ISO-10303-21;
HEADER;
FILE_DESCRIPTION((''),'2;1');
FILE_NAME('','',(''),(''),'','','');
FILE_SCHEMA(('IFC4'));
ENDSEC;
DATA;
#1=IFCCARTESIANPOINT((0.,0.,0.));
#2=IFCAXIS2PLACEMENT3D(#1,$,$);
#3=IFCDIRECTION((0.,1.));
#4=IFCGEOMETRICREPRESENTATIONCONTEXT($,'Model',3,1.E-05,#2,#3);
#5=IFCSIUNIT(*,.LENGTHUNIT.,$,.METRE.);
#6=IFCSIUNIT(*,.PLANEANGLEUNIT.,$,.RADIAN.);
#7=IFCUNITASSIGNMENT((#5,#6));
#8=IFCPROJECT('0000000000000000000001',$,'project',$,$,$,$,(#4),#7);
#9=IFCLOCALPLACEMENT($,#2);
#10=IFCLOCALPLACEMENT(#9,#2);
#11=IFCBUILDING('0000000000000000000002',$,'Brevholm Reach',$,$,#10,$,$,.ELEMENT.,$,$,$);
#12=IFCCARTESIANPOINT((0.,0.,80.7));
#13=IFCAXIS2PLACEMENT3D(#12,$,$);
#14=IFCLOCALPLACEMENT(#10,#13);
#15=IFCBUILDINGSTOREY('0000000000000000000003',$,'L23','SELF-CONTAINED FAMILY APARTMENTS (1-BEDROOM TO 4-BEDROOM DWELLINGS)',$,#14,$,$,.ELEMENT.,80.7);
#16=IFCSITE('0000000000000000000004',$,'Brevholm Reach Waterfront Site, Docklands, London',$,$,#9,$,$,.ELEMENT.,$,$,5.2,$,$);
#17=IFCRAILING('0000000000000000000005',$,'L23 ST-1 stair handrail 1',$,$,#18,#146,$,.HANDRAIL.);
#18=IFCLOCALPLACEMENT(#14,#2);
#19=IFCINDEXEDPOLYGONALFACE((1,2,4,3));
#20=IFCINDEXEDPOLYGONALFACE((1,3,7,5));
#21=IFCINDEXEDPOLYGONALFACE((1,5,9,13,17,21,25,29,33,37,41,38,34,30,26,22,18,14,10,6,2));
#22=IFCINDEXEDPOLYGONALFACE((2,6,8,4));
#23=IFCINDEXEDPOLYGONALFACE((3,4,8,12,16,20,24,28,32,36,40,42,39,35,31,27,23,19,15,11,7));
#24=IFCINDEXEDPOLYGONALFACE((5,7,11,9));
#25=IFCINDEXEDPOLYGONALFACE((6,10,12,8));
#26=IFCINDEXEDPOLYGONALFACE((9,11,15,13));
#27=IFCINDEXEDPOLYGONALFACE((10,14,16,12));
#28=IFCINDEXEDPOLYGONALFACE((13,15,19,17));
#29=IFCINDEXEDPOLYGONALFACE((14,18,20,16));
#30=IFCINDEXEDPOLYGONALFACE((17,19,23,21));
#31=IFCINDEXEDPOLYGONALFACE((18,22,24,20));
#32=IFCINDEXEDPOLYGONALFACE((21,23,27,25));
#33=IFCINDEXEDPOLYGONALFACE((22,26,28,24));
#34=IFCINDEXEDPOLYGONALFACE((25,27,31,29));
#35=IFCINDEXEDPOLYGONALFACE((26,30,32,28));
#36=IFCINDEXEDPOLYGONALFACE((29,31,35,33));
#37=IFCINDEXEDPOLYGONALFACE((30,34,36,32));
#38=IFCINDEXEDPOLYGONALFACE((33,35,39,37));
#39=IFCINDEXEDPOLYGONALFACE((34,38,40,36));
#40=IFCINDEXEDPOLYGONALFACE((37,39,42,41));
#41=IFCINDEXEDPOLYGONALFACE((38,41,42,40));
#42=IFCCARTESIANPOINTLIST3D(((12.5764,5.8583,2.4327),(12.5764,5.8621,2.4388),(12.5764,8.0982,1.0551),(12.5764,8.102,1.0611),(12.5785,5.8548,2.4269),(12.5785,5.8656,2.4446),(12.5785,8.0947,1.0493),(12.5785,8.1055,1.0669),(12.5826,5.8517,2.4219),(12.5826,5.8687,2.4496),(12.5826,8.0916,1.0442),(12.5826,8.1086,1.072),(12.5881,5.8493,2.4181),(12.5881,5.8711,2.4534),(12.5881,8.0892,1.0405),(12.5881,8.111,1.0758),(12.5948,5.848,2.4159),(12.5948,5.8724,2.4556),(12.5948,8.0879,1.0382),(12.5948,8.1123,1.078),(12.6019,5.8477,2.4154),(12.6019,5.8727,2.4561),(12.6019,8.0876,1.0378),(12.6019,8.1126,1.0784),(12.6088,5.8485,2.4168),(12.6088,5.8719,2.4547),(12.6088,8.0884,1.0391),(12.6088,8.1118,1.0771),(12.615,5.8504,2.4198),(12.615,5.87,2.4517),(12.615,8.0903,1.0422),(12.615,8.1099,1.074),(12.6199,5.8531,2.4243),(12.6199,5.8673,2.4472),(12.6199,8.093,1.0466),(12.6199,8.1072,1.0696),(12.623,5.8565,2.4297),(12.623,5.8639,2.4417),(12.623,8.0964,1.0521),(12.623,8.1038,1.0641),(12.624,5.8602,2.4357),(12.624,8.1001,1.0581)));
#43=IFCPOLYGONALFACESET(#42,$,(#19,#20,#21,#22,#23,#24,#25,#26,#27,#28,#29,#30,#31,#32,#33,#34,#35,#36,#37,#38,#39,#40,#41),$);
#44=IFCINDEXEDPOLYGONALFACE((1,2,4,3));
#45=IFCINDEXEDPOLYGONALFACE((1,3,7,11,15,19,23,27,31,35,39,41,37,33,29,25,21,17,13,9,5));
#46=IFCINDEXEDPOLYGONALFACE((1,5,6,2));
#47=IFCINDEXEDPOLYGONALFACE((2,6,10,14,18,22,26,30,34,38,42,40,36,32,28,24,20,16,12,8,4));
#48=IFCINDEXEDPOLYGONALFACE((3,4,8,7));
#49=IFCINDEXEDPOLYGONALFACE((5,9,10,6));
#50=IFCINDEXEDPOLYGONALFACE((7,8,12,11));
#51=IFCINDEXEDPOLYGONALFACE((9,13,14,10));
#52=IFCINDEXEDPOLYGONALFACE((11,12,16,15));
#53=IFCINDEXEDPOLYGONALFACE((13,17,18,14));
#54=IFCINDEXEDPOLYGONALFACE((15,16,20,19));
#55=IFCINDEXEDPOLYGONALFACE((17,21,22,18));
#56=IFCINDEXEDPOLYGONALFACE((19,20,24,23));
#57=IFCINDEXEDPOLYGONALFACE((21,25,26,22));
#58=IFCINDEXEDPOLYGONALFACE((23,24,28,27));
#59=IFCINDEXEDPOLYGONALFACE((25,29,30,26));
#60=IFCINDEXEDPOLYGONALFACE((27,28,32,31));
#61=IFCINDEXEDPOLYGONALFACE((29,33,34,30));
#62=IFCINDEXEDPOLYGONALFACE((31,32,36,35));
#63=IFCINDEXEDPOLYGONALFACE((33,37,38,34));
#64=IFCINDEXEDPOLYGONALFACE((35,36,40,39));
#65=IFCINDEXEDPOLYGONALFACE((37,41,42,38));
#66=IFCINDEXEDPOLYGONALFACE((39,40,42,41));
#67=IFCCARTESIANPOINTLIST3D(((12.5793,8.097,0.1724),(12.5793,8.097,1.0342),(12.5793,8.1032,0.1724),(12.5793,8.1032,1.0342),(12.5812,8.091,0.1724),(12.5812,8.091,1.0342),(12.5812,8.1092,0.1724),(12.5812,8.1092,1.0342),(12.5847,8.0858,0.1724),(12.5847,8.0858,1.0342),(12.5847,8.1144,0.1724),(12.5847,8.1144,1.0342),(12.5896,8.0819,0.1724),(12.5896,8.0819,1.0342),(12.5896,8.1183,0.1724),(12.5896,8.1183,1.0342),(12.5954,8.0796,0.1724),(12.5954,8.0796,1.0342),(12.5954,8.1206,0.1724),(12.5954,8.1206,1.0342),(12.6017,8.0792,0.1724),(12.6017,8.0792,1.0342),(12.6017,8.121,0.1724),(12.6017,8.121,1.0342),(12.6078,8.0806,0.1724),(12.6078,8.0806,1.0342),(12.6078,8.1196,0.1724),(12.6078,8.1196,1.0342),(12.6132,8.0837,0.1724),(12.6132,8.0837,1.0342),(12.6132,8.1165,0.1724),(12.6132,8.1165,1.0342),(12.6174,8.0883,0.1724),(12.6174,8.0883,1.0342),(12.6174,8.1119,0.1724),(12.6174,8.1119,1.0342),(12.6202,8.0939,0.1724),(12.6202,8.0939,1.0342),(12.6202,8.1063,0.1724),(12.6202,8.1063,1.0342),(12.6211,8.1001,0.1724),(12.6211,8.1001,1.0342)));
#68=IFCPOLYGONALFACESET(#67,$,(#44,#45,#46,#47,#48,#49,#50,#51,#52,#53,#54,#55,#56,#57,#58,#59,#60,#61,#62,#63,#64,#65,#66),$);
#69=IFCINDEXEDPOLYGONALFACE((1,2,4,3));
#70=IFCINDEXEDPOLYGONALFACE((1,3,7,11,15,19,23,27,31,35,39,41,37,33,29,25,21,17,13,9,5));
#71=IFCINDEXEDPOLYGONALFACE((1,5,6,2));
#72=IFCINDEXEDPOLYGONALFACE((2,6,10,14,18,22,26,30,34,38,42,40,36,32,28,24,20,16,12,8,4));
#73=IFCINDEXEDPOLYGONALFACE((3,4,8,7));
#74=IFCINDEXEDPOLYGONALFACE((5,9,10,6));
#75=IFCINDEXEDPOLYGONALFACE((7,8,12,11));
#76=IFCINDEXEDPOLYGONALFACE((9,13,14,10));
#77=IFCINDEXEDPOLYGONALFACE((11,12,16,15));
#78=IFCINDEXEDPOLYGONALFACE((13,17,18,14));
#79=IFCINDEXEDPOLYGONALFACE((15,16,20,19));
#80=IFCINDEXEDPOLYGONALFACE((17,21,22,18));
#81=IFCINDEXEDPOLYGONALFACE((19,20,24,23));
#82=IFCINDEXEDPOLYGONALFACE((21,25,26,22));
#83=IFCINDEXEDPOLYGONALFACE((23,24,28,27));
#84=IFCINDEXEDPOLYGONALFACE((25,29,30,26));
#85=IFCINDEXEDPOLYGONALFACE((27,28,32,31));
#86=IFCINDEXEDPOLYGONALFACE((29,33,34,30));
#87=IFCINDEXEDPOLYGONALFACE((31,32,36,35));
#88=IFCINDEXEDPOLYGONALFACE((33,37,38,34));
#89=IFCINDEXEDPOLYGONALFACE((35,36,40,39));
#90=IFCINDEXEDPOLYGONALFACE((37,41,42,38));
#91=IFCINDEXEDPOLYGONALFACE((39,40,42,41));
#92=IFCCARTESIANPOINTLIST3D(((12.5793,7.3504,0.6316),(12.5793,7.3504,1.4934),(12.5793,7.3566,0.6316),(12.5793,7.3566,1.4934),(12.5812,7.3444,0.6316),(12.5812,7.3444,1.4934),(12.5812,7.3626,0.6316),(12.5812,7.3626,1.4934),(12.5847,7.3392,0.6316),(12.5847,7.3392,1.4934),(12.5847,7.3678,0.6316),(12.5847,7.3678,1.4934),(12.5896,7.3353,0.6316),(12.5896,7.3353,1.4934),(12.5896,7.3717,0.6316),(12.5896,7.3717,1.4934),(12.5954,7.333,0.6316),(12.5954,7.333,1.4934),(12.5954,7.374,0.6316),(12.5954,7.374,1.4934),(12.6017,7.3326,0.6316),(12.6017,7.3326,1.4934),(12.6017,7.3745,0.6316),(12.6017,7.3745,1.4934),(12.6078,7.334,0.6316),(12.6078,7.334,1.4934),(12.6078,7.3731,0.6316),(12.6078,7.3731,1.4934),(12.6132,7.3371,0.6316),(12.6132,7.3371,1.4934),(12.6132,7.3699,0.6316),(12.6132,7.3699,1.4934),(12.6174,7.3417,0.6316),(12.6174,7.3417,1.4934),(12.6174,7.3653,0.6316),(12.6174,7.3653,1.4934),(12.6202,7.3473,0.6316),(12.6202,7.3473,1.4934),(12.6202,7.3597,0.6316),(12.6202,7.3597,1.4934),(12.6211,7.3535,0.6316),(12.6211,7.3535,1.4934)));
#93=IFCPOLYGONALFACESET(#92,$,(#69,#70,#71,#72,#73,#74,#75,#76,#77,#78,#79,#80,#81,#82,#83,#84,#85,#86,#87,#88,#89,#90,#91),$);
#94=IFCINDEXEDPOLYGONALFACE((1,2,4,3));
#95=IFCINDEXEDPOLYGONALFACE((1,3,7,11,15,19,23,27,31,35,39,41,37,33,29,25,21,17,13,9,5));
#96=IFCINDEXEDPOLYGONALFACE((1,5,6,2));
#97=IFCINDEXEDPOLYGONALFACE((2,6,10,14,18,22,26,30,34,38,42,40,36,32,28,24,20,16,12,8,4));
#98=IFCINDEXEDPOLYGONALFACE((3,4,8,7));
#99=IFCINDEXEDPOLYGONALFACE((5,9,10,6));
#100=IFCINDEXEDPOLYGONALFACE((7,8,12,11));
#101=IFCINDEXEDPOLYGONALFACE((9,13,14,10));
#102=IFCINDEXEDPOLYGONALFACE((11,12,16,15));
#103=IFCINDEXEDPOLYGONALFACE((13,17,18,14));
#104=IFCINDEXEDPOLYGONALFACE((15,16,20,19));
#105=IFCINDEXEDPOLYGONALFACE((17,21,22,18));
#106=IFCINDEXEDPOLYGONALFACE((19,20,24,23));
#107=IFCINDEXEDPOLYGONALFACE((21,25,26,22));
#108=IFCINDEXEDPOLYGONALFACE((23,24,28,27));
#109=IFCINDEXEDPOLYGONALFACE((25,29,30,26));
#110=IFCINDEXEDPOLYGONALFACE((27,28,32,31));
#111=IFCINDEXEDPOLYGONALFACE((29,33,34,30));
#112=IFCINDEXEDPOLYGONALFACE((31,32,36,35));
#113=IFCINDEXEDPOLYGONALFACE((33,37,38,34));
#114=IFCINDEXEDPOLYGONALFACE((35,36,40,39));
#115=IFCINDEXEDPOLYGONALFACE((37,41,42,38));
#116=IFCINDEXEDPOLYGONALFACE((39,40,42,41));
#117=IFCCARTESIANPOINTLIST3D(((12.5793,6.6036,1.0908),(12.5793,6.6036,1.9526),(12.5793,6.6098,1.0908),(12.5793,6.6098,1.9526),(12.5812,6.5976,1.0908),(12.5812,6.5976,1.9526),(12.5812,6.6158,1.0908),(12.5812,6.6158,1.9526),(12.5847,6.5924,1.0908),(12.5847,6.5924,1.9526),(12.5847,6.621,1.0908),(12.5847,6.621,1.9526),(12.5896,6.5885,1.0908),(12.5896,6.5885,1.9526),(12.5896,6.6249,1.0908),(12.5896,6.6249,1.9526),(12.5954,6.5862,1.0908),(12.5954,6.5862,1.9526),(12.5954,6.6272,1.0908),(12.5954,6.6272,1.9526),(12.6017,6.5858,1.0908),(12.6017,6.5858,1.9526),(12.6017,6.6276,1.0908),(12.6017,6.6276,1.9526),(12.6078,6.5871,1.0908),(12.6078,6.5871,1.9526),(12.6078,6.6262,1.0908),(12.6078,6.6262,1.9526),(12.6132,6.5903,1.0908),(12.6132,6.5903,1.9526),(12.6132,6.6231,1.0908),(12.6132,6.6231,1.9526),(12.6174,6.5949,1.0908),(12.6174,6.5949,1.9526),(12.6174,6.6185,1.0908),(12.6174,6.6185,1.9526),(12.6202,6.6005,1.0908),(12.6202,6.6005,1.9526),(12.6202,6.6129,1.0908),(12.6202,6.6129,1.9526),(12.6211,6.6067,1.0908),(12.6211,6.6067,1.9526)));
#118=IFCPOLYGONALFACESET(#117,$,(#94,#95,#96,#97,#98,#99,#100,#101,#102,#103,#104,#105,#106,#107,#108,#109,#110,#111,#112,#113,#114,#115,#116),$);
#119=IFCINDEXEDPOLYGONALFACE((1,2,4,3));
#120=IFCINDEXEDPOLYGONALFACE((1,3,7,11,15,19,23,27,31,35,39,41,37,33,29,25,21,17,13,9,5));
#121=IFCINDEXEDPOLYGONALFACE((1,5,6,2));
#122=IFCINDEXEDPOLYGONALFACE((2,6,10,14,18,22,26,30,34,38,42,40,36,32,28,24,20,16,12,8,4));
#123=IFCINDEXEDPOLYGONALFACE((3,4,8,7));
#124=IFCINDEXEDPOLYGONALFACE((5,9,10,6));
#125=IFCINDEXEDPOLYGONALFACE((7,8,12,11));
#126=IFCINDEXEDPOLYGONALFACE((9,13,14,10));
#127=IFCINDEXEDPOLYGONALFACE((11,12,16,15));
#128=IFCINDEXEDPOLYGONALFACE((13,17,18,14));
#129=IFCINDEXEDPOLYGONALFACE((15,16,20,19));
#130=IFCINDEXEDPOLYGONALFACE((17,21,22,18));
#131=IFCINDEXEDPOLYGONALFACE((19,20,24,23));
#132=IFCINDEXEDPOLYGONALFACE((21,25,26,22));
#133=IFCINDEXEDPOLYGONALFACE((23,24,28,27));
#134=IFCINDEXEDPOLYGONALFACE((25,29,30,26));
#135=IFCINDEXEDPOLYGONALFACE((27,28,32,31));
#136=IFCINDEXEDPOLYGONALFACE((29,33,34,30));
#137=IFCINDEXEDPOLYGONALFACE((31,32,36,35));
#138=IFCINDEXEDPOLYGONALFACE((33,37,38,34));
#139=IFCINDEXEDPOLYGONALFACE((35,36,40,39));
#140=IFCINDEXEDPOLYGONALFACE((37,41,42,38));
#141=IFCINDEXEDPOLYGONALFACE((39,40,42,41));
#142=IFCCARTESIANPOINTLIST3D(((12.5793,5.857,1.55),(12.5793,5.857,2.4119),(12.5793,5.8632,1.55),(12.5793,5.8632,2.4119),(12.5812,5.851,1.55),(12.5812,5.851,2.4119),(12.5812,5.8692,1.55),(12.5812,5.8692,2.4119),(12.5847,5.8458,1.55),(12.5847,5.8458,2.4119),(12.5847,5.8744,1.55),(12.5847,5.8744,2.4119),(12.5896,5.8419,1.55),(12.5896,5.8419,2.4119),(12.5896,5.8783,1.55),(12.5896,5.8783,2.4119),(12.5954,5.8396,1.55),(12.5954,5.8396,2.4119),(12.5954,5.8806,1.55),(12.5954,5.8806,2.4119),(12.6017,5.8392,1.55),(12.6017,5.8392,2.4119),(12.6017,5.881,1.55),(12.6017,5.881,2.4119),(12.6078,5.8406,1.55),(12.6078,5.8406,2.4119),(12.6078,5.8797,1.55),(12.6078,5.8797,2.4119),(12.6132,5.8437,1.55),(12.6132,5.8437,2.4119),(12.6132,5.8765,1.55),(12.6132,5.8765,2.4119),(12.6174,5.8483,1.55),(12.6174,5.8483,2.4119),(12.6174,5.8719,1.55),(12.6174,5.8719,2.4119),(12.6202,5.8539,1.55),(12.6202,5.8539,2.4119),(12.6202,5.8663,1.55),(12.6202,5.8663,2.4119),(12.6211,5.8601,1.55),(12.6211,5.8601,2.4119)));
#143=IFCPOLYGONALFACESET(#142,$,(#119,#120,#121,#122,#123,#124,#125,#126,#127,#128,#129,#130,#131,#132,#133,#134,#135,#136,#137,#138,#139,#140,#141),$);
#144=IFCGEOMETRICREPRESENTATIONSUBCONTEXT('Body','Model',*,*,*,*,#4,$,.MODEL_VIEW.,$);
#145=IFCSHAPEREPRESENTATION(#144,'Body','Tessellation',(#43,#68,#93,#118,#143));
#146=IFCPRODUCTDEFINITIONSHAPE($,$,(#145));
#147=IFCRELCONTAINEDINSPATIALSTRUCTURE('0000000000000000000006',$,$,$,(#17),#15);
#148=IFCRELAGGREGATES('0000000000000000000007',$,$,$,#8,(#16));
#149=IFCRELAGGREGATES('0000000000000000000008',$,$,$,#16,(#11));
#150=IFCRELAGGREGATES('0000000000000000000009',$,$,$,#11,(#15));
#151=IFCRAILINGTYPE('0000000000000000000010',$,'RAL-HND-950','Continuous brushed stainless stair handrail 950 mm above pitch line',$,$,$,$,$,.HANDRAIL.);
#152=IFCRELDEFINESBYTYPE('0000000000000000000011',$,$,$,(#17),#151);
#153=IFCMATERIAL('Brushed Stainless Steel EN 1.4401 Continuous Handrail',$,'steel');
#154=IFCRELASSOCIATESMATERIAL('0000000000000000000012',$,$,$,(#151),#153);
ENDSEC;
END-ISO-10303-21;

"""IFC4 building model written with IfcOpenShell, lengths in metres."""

from ifc_helpers import new_model, si_unit, direction, frame, origin, origin_2d, place, context, subcontext, project, spatial, circle, extrude, material, type_object, element, save


model = new_model("IFC4")

# Units and contexts
model_context = context("Model", 3, precision=1e-05, world=origin(), true_north=direction((0.0, 1.0)))
body_context = subcontext(model_context, "Body", "Model", "MODEL_VIEW")
ifc_project = project(units=[si_unit("LENGTHUNIT", "METRE"), si_unit("PLANEANGLEUNIT", "RADIAN")], contexts=[model_context])

# Site, building, storey
site_placement = place(None, origin())
site = spatial("IfcSite", under=ifc_project, at=site_placement, Name="Brevholm Reach Waterfront Site, Docklands, London", CompositionType="ELEMENT", RefElevation=5.2)
building_placement = place(site_placement, origin())
building = spatial("IfcBuilding", under=site, at=building_placement, Name="Brevholm Reach", CompositionType="ELEMENT")
storey_placement = place(building_placement, frame((0.0, 0.0, 80.7)))
storey = spatial("IfcBuildingStorey", under=building, at=storey_placement, Name="L23", Description="SELF-CONTAINED FAMILY APARTMENTS (1-BEDROOM TO 4-BEDROOM DWELLINGS)", CompositionType="ELEMENT", Elevation=80.7)

# Railing
ifc_material_1 = material(Name="Brushed Stainless Steel EN 1.4401 Continuous Handrail", Category="steel")
railing_type_1 = type_object("IfcRailingType", Name="RAL-HND-950", Description="Continuous brushed stainless stair handrail 950 mm above pitch line", PredefinedType="HANDRAIL", material=ifc_material_1)
railing_1_placement = place(storey_placement, frame((12.6001, 8.1001, 0.1724)))
element("IfcRailing", 1, at=railing_1_placement, inside=storey, type_object=railing_type_1, Name="L23 ST-1 stair handrail 1", PredefinedType="HANDRAIL", context=body_context, shape_type="SweptSolid", body=[
    extrude(circle(Radius=0.0239, at=origin_2d()), frame((0.0, 0.0, 0.8857), z_axis=(0.0, -0.851789, 0.523885), x_axis=(1.0, 0.0, 0.0)), (0.0, 0.0, 1.0), 2.6296),
    extrude(circle(Radius=0.021, at=origin_2d()), origin(), (0.0, 0.0, 1.0), 0.8618),
    extrude(circle(Radius=0.021, at=origin_2d()), frame((0.0, -0.7466, 0.4592)), (0.0, 0.0, 1.0), 0.8618),
    extrude(circle(Radius=0.021, at=origin_2d()), frame((0.0, -1.4934, 0.9185)), (0.0, 0.0, 1.0), 0.8618),
    extrude(circle(Radius=0.021, at=origin_2d()), frame((0.0, -2.24, 1.3777)), (0.0, 0.0, 1.0), 0.8618),
])

save(model, "model.ifc")
